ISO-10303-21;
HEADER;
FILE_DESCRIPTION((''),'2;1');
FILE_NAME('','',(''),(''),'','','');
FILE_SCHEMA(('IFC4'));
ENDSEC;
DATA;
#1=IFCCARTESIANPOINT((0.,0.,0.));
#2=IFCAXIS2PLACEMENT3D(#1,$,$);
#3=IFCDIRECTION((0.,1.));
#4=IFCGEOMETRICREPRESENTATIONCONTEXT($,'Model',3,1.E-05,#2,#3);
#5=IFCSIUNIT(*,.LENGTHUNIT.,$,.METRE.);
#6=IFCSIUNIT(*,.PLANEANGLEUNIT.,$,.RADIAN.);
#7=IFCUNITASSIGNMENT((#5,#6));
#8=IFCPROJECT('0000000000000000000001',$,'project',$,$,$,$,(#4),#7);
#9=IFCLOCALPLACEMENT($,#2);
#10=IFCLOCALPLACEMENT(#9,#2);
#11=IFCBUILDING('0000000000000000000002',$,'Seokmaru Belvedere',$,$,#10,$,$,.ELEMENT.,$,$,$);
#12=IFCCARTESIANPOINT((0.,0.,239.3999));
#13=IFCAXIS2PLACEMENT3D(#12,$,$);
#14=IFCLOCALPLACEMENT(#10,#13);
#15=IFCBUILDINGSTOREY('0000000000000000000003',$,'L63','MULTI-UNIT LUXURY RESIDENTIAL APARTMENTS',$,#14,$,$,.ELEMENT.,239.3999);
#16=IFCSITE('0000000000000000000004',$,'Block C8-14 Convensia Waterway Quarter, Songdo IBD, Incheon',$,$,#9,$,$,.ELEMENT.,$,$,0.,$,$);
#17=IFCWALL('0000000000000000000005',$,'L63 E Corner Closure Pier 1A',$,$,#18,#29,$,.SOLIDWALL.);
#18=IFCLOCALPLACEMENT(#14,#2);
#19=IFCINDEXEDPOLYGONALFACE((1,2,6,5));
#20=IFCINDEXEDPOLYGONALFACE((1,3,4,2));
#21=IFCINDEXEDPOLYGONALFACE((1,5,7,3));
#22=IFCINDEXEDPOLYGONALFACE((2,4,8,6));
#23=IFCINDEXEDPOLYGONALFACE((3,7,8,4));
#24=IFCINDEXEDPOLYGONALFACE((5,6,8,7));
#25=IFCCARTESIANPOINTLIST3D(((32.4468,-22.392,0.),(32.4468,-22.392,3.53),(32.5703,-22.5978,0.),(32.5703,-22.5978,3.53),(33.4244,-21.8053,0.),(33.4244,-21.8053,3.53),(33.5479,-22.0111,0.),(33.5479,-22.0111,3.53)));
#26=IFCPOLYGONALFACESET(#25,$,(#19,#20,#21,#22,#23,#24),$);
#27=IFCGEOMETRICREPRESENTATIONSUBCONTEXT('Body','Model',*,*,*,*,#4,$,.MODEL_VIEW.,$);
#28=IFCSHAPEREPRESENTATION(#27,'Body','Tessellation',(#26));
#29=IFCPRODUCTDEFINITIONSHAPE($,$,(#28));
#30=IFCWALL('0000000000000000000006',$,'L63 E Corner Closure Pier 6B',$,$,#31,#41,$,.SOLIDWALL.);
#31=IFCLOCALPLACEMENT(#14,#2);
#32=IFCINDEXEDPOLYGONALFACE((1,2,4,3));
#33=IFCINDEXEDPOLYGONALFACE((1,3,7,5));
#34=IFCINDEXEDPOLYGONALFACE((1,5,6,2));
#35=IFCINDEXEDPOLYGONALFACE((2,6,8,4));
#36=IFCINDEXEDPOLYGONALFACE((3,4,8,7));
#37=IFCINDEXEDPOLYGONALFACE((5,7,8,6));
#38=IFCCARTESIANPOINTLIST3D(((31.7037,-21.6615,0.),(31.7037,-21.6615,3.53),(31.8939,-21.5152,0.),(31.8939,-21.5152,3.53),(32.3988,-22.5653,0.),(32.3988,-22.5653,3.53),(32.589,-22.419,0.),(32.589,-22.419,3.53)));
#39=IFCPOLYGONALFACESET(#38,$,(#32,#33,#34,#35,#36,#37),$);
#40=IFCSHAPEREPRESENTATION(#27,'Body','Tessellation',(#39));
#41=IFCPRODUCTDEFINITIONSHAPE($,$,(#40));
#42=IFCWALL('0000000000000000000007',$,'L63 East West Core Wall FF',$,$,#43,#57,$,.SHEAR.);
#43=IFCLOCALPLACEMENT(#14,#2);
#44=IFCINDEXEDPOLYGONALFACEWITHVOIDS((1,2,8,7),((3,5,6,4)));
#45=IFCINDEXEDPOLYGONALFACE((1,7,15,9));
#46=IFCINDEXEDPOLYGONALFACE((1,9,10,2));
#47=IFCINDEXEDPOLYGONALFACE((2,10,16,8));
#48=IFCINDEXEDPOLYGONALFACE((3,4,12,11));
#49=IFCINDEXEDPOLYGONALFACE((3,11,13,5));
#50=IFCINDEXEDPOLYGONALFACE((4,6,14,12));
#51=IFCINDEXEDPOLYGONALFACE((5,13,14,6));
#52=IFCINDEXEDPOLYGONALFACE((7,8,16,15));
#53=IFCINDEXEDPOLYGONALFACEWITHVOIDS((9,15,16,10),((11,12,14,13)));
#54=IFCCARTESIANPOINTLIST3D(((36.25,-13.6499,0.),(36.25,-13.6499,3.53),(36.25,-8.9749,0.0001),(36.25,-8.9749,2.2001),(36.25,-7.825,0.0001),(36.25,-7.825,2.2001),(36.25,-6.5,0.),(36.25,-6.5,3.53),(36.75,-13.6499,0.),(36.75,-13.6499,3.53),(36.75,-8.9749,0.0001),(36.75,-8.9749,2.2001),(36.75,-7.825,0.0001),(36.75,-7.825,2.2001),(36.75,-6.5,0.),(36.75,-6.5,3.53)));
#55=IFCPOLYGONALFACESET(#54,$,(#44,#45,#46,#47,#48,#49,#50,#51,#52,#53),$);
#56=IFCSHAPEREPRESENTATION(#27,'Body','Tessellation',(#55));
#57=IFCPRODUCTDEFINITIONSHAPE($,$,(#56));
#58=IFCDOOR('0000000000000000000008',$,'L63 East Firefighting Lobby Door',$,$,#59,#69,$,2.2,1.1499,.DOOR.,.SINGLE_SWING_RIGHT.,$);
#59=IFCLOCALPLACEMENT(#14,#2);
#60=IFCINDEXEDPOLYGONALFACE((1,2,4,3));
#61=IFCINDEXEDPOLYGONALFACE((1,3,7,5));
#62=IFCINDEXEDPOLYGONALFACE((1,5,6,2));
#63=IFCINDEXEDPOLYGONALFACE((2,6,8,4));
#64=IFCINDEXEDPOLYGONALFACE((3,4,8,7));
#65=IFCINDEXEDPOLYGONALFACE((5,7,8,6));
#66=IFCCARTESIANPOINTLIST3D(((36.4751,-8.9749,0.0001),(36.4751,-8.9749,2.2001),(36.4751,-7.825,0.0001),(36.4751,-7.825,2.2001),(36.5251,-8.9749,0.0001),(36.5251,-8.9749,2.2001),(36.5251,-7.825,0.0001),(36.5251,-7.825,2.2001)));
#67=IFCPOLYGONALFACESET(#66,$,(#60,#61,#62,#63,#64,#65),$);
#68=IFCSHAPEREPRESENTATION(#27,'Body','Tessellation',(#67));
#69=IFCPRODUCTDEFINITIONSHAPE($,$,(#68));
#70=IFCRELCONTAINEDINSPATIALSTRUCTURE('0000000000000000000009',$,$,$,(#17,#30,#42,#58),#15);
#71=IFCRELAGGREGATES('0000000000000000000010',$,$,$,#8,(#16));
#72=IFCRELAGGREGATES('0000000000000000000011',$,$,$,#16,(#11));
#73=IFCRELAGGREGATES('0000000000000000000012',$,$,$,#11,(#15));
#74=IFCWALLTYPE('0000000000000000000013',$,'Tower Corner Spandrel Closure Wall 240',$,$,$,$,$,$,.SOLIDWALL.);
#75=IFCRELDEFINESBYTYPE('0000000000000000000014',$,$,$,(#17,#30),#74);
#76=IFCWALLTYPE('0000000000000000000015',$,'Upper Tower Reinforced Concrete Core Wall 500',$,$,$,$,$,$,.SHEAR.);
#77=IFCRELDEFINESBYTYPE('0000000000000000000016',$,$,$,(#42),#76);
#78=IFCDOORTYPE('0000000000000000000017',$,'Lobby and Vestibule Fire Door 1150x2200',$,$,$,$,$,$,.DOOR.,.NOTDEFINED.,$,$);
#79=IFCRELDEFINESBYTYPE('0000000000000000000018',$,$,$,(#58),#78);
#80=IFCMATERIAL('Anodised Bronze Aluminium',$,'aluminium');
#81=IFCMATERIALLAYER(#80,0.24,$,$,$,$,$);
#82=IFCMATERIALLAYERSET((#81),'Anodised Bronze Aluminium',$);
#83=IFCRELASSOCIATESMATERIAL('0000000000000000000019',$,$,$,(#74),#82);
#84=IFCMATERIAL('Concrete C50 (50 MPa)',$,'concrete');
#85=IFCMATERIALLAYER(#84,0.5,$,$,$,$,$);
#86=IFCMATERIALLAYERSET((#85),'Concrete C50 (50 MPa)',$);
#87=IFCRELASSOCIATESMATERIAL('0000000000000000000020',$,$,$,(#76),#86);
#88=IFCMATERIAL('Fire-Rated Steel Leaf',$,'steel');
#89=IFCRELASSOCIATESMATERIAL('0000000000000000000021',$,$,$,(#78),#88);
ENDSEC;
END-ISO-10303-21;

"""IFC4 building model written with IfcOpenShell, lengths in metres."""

from ifc_helpers import new_model, si_unit, direction, frame, frame_2d, origin, place, context, subcontext, project, spatial, rectangle, extrude, source, transform, mapped, material, layer, layer_set, type_object, type_shapes, element, fill, save


model = new_model("IFC4")

# Units and contexts
model_context = context("Model", 3, precision=1e-05, world=origin(), true_north=direction((0.0, 1.0)))
body_context = subcontext(model_context, "Body", "Model", "MODEL_VIEW")
ifc_project = project(units=[si_unit("LENGTHUNIT", "METRE"), si_unit("PLANEANGLEUNIT", "RADIAN")], contexts=[model_context])

# Site, building, storey
site_placement = place(None, origin())
site = spatial("IfcSite", under=ifc_project, at=site_placement, Name="Block C8-14 Convensia Waterway Quarter, Songdo IBD, Incheon", CompositionType="ELEMENT", RefElevation=0.0)
building_placement = place(site_placement, origin())
building = spatial("IfcBuilding", under=site, at=building_placement, Name="Seokmaru Belvedere", CompositionType="ELEMENT")
storey_placement = place(building_placement, frame((0.0, 0.0, 239.3999)))
storey = spatial("IfcBuildingStorey", under=building, at=storey_placement, Name="L63", Description="MULTI-UNIT LUXURY RESIDENTIAL APARTMENTS", CompositionType="ELEMENT", Elevation=239.3999)

# Shared definitions
ifc_material_1 = material(Name="Anodised Bronze Aluminium", Category="aluminium")

# Shared definitions
ifc_material_2 = material(Name="Fire-Rated Steel Leaf", Category="steel")

# Walls
ifc_layer_1 = layer(ifc_material_1, 0.24)
ifc_layer_set_1 = layer_set([ifc_layer_1], Name="Anodised Bronze Aluminium")
wall_type_1 = type_object("IfcWallType", Name="Tower Corner Spandrel Closure Wall 240", PredefinedType="SOLIDWALL", material=ifc_layer_set_1)
for number, where, z_axis, x_axis, name in (
    (1, (32.5085, -22.4949, 0.0), (0.0, 0.0, 1.0), (0.857436, 0.51459, 0.0), "L63 E Corner Closure Pier 1A"),
    (2, (31.7988, -21.5884, 0.0), (0.0, 0.0, 1.0), (0.609618, -0.792696, 0.0), "L63 E Corner Closure Pier 6B"),
):
    element("IfcWall", number, at=place(storey_placement, frame(where, z_axis=z_axis, x_axis=x_axis)), inside=storey, type_object=wall_type_1, Name=name, PredefinedType="SOLIDWALL", context=body_context, shape_type="SweptSolid", body=[
        extrude(rectangle(XDim=1.1401, YDim=0.24, at=frame_2d((0.5701, 0.0))), origin(), (0.0, 0.0, 1.0), 3.53),
    ])

# Wall, opening, door
ifc_material_3 = material(Name="Concrete C50 (50 MPa)", Category="concrete")
ifc_layer_2 = layer(ifc_material_3, 0.5)
ifc_layer_set_2 = layer_set([ifc_layer_2], Name="Concrete C50 (50 MPa)")
wall_type_2 = type_object("IfcWallType", Name="Upper Tower Reinforced Concrete Core Wall 500", PredefinedType="SHEAR", material=ifc_layer_set_2)
wall_1_placement = place(storey_placement, frame((36.5, -13.6499, 0.0), z_axis=(0.0, 0.0, 1.0), x_axis=(0.0, 1.0, 0.0)))
wall_1 = element("IfcWall", 3, at=wall_1_placement, inside=storey, type_object=wall_type_2, Name="L63 East West Core Wall FF", PredefinedType="SHEAR", context=body_context, shape_type="SweptSolid", body=[
    extrude(rectangle(XDim=7.1499, YDim=0.5, at=frame_2d((3.575, 0.0))), origin(), (0.0, 0.0, 1.0), 3.53),
])
opening_1_placement = place(wall_1_placement, frame((4.675, 0.0, 0.0)))
opening_1 = element("IfcOpeningElement", 4, at=opening_1_placement, cuts=wall_1, PredefinedType="OPENING", context=body_context, shape_type="SweptSolid", body=[
    extrude(rectangle(XDim=1.1499, YDim=2.2, at=frame_2d((0.575, 1.1001))), frame((0.0, 0.26, 0.0), z_axis=(0.0, -1.0, 0.0), x_axis=(1.0, 0.0, 0.0)), (0.0, 0.0, 1.0), 0.52),
])
door_type_1 = type_object("IfcDoorType", Name="Lobby and Vestibule Fire Door 1150x2200", OperationType="NOTDEFINED", PredefinedType="DOOR", material=ifc_material_2)
shared_shape_1 = source(origin(), body_context, "Body", "SweptSolid", [
    extrude(rectangle(XDim=1.1499, YDim=2.2, at=frame_2d((0.575, 1.1001))), frame((0.0, 0.0249, 0.0), z_axis=(0.0, -1.0, 0.0), x_axis=(1.0, 0.0, 0.0)), (0.0, 0.0, 1.0), 0.05),
])
type_shapes(door_type_1, [shared_shape_1])
door_1_placement = place(opening_1_placement, origin())
door_1 = element("IfcDoor", 5, at=door_1_placement, inside=storey, type_object=door_type_1, Name="L63 East Firefighting Lobby Door", OperationType="SINGLE_SWING_RIGHT", OverallHeight=2.2, OverallWidth=1.1499, PredefinedType="DOOR", context=body_context, shape_type="MappedRepresentation", body=[
    mapped(shared_shape_1, transform((0.0, 0.0, 0.0), scale=1.0)),
])
fill(opening_1, door_1)

save(model, "model.ifc")
